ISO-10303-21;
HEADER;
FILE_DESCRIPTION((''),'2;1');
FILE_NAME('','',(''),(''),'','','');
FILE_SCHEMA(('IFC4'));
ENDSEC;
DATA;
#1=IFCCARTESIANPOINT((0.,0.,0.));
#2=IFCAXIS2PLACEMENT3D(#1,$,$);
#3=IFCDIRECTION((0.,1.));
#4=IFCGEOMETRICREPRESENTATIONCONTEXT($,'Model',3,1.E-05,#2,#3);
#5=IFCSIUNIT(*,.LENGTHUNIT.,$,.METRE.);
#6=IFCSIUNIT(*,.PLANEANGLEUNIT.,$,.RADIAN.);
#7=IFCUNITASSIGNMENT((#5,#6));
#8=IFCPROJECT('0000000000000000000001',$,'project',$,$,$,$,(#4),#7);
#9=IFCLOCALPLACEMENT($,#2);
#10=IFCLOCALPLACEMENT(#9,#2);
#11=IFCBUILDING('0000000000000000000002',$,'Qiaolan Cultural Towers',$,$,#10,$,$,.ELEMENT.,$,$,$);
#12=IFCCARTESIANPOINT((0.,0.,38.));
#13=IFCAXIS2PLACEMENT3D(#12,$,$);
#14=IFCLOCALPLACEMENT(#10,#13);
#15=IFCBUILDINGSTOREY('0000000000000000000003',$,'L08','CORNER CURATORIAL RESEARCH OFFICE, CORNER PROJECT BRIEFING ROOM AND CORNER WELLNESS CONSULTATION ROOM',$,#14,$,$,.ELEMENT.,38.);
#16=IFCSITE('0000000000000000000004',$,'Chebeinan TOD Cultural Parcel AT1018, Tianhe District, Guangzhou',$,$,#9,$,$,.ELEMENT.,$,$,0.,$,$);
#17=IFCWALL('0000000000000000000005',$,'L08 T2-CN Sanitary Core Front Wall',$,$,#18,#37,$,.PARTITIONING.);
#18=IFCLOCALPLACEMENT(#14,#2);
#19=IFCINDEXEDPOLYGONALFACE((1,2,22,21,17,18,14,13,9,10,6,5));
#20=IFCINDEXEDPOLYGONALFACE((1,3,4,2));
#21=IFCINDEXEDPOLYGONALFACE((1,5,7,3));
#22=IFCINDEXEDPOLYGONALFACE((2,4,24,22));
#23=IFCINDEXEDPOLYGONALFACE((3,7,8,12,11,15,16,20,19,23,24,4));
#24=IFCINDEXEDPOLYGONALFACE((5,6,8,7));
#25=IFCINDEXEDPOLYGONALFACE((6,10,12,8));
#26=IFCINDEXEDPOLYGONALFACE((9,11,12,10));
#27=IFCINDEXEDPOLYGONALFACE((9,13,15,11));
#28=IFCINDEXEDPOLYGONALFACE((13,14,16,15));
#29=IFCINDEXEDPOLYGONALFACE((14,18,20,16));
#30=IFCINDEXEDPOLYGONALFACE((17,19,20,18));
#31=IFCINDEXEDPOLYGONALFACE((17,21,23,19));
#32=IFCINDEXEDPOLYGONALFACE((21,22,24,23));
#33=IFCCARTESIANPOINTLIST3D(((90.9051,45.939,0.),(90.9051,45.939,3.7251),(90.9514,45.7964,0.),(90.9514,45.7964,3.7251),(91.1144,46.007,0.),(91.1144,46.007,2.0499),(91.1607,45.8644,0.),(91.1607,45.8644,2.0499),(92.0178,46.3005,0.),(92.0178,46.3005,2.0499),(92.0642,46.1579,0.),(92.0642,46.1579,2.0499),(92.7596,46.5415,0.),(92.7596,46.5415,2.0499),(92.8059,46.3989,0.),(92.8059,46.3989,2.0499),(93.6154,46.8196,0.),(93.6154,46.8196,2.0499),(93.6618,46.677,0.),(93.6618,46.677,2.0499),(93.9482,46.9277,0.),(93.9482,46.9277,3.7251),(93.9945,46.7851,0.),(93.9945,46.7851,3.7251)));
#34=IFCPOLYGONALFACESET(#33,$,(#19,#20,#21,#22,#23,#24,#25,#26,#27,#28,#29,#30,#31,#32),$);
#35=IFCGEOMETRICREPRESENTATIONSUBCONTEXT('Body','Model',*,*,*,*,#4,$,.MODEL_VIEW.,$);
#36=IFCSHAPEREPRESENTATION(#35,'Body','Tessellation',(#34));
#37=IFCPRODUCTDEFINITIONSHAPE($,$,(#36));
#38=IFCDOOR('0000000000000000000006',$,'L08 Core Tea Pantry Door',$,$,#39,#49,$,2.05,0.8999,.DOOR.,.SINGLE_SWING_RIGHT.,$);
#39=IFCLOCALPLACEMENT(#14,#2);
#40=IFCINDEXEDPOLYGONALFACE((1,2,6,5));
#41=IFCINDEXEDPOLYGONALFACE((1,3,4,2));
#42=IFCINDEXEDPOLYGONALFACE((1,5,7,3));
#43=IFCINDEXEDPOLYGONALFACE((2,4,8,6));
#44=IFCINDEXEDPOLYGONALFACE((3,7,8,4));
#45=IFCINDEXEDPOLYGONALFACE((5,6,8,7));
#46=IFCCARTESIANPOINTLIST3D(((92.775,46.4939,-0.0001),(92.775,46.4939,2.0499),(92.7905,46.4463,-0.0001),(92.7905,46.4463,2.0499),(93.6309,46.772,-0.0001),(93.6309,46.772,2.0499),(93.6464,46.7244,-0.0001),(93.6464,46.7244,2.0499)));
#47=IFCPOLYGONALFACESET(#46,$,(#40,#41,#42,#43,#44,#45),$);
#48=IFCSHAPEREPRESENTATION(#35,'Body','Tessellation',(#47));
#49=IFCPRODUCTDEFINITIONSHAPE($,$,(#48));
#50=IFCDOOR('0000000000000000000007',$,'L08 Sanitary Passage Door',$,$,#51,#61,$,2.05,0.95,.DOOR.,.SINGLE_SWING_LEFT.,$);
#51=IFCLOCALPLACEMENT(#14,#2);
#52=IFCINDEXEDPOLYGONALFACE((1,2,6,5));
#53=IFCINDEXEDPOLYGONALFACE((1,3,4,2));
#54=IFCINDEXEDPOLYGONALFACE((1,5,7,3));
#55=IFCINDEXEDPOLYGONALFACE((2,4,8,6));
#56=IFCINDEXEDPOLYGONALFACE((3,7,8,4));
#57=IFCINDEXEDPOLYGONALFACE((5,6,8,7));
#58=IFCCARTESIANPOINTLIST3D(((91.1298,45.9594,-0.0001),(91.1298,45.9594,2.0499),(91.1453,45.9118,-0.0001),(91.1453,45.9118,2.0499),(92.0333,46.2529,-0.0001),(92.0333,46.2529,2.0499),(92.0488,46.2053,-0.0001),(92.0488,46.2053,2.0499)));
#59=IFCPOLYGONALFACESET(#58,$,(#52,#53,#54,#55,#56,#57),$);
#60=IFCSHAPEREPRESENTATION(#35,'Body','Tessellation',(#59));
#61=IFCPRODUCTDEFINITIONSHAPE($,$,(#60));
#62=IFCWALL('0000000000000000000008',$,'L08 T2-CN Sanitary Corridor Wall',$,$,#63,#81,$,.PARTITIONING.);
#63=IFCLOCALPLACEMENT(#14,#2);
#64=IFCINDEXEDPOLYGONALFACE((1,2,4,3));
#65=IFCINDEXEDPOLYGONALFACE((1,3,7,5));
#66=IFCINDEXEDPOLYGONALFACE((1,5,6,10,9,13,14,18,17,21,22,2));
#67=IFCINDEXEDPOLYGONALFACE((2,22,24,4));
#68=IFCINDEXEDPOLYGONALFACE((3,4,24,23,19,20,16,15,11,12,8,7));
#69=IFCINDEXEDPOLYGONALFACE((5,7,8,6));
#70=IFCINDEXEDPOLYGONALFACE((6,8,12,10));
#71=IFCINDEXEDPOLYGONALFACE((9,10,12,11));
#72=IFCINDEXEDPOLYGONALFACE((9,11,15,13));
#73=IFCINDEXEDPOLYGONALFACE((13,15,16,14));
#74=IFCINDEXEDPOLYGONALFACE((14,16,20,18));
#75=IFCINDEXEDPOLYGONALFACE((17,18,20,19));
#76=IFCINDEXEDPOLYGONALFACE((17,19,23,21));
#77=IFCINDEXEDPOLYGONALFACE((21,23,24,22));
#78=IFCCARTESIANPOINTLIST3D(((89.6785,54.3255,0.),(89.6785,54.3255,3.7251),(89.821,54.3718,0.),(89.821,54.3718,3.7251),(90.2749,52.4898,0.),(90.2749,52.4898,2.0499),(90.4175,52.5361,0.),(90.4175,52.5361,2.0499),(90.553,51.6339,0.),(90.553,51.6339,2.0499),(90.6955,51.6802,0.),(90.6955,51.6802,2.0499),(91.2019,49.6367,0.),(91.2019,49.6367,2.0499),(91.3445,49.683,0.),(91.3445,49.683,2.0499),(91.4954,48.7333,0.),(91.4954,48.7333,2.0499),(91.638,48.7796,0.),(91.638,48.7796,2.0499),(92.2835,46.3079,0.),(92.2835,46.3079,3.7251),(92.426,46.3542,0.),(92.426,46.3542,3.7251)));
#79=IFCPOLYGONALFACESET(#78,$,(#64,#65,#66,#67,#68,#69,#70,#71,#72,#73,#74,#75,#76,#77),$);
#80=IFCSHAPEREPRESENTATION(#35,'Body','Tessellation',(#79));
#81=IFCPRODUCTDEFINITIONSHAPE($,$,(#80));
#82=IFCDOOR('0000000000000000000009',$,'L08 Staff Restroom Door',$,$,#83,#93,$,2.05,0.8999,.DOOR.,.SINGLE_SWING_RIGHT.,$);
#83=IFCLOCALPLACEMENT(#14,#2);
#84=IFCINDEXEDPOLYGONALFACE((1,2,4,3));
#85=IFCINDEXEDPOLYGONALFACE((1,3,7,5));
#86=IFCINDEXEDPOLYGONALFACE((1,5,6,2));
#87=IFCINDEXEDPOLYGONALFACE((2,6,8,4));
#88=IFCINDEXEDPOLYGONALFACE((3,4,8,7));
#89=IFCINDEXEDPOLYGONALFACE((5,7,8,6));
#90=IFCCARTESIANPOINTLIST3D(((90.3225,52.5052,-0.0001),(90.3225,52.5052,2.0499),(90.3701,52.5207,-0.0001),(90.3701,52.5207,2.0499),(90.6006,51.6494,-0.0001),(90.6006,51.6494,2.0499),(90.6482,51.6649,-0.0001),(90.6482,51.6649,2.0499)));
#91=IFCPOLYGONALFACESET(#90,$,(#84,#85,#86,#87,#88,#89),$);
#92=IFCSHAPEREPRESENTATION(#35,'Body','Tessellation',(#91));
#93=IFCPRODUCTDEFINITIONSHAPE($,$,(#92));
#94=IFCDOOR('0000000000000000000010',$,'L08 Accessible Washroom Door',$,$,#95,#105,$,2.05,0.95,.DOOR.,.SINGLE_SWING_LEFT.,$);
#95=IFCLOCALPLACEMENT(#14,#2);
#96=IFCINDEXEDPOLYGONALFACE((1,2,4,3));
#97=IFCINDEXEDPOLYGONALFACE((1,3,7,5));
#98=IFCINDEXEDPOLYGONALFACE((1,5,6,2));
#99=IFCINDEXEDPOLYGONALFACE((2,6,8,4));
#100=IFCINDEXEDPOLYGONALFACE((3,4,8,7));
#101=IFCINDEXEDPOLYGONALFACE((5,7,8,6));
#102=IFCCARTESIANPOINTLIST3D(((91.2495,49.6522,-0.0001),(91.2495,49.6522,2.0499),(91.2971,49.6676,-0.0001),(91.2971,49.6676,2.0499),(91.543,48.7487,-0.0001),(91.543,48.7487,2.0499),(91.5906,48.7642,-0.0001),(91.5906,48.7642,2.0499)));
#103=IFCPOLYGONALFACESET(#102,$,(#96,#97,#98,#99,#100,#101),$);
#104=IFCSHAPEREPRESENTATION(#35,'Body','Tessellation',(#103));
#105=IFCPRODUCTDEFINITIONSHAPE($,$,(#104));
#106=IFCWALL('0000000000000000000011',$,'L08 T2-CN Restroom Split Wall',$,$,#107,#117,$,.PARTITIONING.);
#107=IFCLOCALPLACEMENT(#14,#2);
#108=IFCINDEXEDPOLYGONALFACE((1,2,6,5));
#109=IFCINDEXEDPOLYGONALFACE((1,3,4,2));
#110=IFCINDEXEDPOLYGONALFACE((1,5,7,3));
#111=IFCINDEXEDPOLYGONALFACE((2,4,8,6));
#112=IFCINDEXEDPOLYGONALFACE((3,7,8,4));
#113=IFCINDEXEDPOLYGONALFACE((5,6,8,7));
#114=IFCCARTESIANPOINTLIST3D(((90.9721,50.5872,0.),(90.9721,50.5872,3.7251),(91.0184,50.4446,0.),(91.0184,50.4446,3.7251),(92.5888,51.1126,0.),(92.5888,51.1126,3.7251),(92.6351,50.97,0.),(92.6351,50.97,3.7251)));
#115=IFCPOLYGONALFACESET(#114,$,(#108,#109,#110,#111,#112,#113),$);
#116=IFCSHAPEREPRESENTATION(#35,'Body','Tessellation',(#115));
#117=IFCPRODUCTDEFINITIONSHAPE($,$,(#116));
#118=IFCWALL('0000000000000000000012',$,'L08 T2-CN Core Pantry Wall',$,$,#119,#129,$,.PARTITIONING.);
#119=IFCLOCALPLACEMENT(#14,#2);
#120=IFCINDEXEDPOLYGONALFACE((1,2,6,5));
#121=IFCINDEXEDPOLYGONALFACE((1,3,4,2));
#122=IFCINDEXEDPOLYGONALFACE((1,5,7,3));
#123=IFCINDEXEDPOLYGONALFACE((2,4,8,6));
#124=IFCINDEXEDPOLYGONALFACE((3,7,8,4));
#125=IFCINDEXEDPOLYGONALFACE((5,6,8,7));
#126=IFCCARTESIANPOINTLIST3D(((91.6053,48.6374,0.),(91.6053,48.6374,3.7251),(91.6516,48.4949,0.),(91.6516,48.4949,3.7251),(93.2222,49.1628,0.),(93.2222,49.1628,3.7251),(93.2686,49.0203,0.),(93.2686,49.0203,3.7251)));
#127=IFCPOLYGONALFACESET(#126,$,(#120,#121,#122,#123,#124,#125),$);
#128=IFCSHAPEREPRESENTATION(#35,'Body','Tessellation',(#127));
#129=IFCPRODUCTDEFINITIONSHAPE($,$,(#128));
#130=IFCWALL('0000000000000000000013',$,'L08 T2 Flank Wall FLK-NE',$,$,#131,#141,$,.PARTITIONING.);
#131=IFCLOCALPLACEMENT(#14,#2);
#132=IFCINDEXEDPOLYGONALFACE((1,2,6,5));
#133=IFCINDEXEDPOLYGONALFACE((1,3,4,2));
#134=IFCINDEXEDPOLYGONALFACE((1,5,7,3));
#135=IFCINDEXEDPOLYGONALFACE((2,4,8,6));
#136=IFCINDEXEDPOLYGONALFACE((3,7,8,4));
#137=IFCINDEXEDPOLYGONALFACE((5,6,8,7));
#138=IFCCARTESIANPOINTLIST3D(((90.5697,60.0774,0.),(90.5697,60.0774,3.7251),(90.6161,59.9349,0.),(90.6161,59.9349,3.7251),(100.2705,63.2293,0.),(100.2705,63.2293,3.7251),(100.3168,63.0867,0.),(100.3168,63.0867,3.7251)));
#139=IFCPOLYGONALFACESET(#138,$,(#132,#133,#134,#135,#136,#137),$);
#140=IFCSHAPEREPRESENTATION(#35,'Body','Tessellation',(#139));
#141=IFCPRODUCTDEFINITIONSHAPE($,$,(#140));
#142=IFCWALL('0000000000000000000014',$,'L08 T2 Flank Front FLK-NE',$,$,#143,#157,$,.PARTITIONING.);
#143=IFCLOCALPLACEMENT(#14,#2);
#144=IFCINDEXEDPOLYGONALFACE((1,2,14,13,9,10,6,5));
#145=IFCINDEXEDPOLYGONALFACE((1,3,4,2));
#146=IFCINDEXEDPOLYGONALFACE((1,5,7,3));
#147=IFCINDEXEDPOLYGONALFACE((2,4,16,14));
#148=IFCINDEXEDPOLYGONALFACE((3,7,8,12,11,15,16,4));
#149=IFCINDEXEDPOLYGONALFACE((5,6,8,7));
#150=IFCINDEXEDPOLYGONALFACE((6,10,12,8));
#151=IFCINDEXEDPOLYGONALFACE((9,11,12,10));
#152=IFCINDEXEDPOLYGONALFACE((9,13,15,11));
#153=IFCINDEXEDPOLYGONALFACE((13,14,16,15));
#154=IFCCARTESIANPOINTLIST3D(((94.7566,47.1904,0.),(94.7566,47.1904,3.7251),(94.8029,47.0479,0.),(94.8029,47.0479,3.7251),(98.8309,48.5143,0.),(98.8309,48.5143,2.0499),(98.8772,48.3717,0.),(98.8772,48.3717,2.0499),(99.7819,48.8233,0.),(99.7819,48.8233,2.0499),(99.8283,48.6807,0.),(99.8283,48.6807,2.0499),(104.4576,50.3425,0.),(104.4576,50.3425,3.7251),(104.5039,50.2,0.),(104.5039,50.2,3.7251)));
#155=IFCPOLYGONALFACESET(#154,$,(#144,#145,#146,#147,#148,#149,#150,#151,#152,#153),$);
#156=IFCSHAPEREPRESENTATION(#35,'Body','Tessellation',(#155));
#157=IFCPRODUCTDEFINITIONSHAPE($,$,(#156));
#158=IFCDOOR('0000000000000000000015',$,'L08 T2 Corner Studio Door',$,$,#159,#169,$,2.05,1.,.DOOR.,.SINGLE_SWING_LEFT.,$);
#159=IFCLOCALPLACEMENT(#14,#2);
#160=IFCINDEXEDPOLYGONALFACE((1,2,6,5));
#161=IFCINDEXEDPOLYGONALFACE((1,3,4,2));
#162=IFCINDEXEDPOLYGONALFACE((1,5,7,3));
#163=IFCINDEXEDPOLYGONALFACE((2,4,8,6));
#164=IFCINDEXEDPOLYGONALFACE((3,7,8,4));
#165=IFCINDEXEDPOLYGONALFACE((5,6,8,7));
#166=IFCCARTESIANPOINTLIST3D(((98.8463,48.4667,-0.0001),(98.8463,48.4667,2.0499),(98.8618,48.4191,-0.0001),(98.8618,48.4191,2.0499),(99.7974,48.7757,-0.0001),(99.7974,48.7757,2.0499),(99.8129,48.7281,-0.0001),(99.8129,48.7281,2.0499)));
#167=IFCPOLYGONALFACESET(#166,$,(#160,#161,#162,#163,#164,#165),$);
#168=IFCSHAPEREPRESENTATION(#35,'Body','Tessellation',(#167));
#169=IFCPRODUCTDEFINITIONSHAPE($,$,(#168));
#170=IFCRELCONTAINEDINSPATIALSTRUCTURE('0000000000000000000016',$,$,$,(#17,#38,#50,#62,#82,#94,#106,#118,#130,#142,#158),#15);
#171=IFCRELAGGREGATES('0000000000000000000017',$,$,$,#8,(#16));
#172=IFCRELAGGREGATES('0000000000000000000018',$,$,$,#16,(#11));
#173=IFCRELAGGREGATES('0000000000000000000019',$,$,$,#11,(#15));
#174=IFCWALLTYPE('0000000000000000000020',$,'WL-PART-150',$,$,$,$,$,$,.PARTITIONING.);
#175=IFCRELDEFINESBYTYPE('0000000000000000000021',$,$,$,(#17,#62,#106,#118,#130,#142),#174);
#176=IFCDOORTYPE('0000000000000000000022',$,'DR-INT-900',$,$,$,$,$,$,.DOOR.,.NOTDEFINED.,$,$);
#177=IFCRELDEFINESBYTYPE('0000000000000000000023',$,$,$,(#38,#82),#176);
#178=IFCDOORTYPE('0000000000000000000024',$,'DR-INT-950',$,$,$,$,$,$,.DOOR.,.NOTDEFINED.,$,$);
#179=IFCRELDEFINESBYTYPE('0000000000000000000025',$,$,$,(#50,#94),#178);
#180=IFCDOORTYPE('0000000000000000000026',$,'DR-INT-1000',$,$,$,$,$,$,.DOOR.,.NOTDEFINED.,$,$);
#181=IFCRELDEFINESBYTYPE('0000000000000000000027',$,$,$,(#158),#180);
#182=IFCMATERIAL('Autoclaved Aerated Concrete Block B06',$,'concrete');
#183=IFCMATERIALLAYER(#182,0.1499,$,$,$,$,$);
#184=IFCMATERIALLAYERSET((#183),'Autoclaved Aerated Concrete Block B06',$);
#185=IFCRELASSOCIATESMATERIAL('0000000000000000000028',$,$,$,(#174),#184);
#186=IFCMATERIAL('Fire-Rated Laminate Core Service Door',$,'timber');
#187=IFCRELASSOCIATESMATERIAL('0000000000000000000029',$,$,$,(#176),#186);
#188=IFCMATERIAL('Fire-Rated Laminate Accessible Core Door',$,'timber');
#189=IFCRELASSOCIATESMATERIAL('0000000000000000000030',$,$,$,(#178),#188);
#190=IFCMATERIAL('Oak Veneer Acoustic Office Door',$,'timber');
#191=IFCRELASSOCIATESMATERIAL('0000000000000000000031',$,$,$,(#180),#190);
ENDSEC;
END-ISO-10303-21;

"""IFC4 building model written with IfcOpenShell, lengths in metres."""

from ifc_helpers import new_model, si_unit, direction, frame, frame_2d, origin, place, context, subcontext, project, spatial, rectangle, extrude, material, layer, layer_set, type_object, element, fill, save


model = new_model("IFC4")

# Units and contexts
model_context = context("Model", 3, precision=1e-05, world=origin(), true_north=direction((0.0, 1.0)))
body_context = subcontext(model_context, "Body", "Model", "MODEL_VIEW")
ifc_project = project(units=[si_unit("LENGTHUNIT", "METRE"), si_unit("PLANEANGLEUNIT", "RADIAN")], contexts=[model_context])

# Site, building, storey
site_placement = place(None, origin())
site = spatial("IfcSite", under=ifc_project, at=site_placement, Name="Chebeinan TOD Cultural Parcel AT1018, Tianhe District, Guangzhou", CompositionType="ELEMENT", RefElevation=0.0)
building_placement = place(site_placement, origin())
building = spatial("IfcBuilding", under=site, at=building_placement, Name="Qiaolan Cultural Towers", CompositionType="ELEMENT")
storey_placement = place(building_placement, frame((0.0, 0.0, 38.0)))
storey = spatial("IfcBuildingStorey", under=building, at=storey_placement, Name="L08", Description="CORNER CURATORIAL RESEARCH OFFICE, CORNER PROJECT BRIEFING ROOM AND CORNER WELLNESS CONSULTATION ROOM", CompositionType="ELEMENT", Elevation=38.0)

# Shared definitions
ifc_material_1 = material(Name="Autoclaved Aerated Concrete Block B06", Category="concrete")
ifc_layer_1 = layer(ifc_material_1, 0.1499)
ifc_layer_set_1 = layer_set([ifc_layer_1], Name="Autoclaved Aerated Concrete Block B06")
wall_type_1 = type_object("IfcWallType", Name="WL-PART-150", PredefinedType="PARTITIONING", material=ifc_layer_set_1)

# Walls, openings, doors
wall_1_placement = place(storey_placement, frame((90.9282, 45.8677, 0.0), z_axis=(0.0, 0.0, 1.0), x_axis=(0.951059, 0.309008, 0.0)))
wall_1 = element("IfcWall", 1, at=wall_1_placement, inside=storey, type_object=wall_type_1, Name="L08 T2-CN Sanitary Core Front Wall", PredefinedType="PARTITIONING", context=body_context, shape_type="SweptSolid", body=[
    extrude(rectangle(XDim=3.1997, YDim=0.1499, at=frame_2d((1.5999, 0.0))), origin(), (0.0, 0.0, 1.0), 3.7251),
])
opening_1_placement = place(wall_1_placement, frame((0.22, 0.0, 0.0)))
opening_1 = element("IfcOpeningElement", 2, at=opening_1_placement, cuts=wall_1, PredefinedType="OPENING", context=body_context, shape_type="SweptSolid", body=[
    extrude(rectangle(XDim=0.95, YDim=2.05, at=frame_2d((0.4751, 1.0249))), frame((0.0, 0.085, 0.0), z_axis=(0.0, -1.0, 0.0), x_axis=(1.0, 0.0, 0.0)), (0.0, 0.0, 1.0), 0.1699),
])
opening_2_placement = place(wall_1_placement, frame((1.95, 0.0, 0.0)))
opening_2 = element("IfcOpeningElement", 3, at=opening_2_placement, cuts=wall_1, PredefinedType="OPENING", context=body_context, shape_type="SweptSolid", body=[
    extrude(rectangle(XDim=0.8999, YDim=2.05, at=frame_2d((0.45, 1.0249))), frame((0.0, 0.085, 0.0), z_axis=(0.0, -1.0, 0.0), x_axis=(1.0, 0.0, 0.0)), (0.0, 0.0, 1.0), 0.1699),
])
ifc_material_2 = material(Name="Fire-Rated Laminate Core Service Door", Category="timber")
door_type_1 = type_object("IfcDoorType", Name="DR-INT-900", OperationType="NOTDEFINED", PredefinedType="DOOR", material=ifc_material_2)
door_1_placement = place(opening_2_placement, origin())
door_1 = element("IfcDoor", 4, at=door_1_placement, inside=storey, type_object=door_type_1, Name="L08 Core Tea Pantry Door", OperationType="SINGLE_SWING_RIGHT", OverallHeight=2.05, OverallWidth=0.8999, PredefinedType="DOOR", context=body_context, shape_type="SweptSolid", body=[
    extrude(rectangle(XDim=0.8999, YDim=2.05, at=frame_2d((0.45, 1.0249))), frame((0.0, 0.0249, 0.0), z_axis=(0.0, -1.0, 0.0), x_axis=(1.0, 0.0, 0.0)), (0.0, 0.0, 1.0), 0.05),
])
fill(opening_2, door_1)
ifc_material_3 = material(Name="Fire-Rated Laminate Accessible Core Door", Category="timber")
door_type_2 = type_object("IfcDoorType", Name="DR-INT-950", OperationType="NOTDEFINED", PredefinedType="DOOR", material=ifc_material_3)
door_2_placement = place(opening_1_placement, origin())
door_2 = element("IfcDoor", 5, at=door_2_placement, inside=storey, type_object=door_type_2, Name="L08 Sanitary Passage Door", OperationType="SINGLE_SWING_LEFT", OverallHeight=2.05, OverallWidth=0.95, PredefinedType="DOOR", context=body_context, shape_type="SweptSolid", body=[
    extrude(rectangle(XDim=0.95, YDim=2.05, at=frame_2d((0.4751, 1.0249))), frame((0.0, 0.0249, 0.0), z_axis=(0.0, -1.0, 0.0), x_axis=(1.0, 0.0, 0.0)), (0.0, 0.0, 1.0), 0.05),
])
fill(opening_1, door_2)
wall_2_placement = place(storey_placement, frame((92.3547, 46.3311, 0.0), z_axis=(0.0, 0.0, 1.0), x_axis=(-0.309007, 0.95106, 0.0)))
wall_2 = element("IfcWall", 6, at=wall_2_placement, inside=storey, type_object=wall_type_1, Name="L08 T2-CN Sanitary Corridor Wall", PredefinedType="PARTITIONING", context=body_context, shape_type="SweptSolid", body=[
    extrude(rectangle(XDim=8.4302, YDim=0.1499, at=frame_2d((4.2151, 0.0))), origin(), (0.0, 0.0, 1.0), 3.7251),
])
opening_3_placement = place(wall_2_placement, frame((2.55, 0.0, 0.0)))
opening_3 = element("IfcOpeningElement", 7, at=opening_3_placement, cuts=wall_2, PredefinedType="OPENING", context=body_context, shape_type="SweptSolid", body=[
    extrude(rectangle(XDim=0.95, YDim=2.05, at=frame_2d((0.4751, 1.0249))), frame((0.0, 0.085, 0.0), z_axis=(0.0, -1.0, 0.0), x_axis=(1.0, 0.0, 0.0)), (0.0, 0.0, 1.0), 0.1699),
])
opening_4_placement = place(wall_2_placement, frame((5.6001, 0.0, 0.0)))
opening_4 = element("IfcOpeningElement", 8, at=opening_4_placement, cuts=wall_2, PredefinedType="OPENING", context=body_context, shape_type="SweptSolid", body=[
    extrude(rectangle(XDim=0.8999, YDim=2.05, at=frame_2d((0.45, 1.0249))), frame((0.0, 0.085, 0.0), z_axis=(0.0, -1.0, 0.0), x_axis=(1.0, 0.0, 0.0)), (0.0, 0.0, 1.0), 0.1699),
])
door_3_placement = place(opening_4_placement, origin())
door_3 = element("IfcDoor", 9, at=door_3_placement, inside=storey, type_object=door_type_1, Name="L08 Staff Restroom Door", OperationType="SINGLE_SWING_RIGHT", OverallHeight=2.05, OverallWidth=0.8999, PredefinedType="DOOR", context=body_context, shape_type="SweptSolid", body=[
    extrude(rectangle(XDim=0.8999, YDim=2.05, at=frame_2d((0.45, 1.0249))), frame((0.0, 0.0249, 0.0), z_axis=(0.0, -1.0, 0.0), x_axis=(1.0, 0.0, 0.0)), (0.0, 0.0, 1.0), 0.05),
])
fill(opening_4, door_3)
door_4_placement = place(opening_3_placement, origin())
door_4 = element("IfcDoor", 10, at=door_4_placement, inside=storey, type_object=door_type_2, Name="L08 Accessible Washroom Door", OperationType="SINGLE_SWING_LEFT", OverallHeight=2.05, OverallWidth=0.95, PredefinedType="DOOR", context=body_context, shape_type="SweptSolid", body=[
    extrude(rectangle(XDim=0.95, YDim=2.05, at=frame_2d((0.4751, 1.0249))), frame((0.0, 0.0249, 0.0), z_axis=(0.0, -1.0, 0.0), x_axis=(1.0, 0.0, 0.0)), (0.0, 0.0, 1.0), 0.05),
])
fill(opening_3, door_4)

# Walls
wall_3_placement = place(storey_placement, frame((90.9951, 50.5159, 0.0), z_axis=(0.0, 0.0, 1.0), x_axis=(0.95104, 0.309067, 0.0)))
element("IfcWall", 11, at=wall_3_placement, inside=storey, type_object=wall_type_1, Name="L08 T2-CN Restroom Split Wall", PredefinedType="PARTITIONING", context=body_context, shape_type="SweptSolid", body=[
    extrude(rectangle(XDim=1.7, YDim=0.1499, at=frame_2d((0.8501, 0.0))), origin(), (0.0, 0.0, 1.0), 3.7251),
])
wall_4_placement = place(storey_placement, frame((91.6284, 48.5662, 0.0), z_axis=(0.0, 0.0, 1.0), x_axis=(0.951054, 0.309024, 0.0)))
element("IfcWall", 12, at=wall_4_placement, inside=storey, type_object=wall_type_1, Name="L08 T2-CN Core Pantry Wall", PredefinedType="PARTITIONING", context=body_context, shape_type="SweptSolid", body=[
    extrude(rectangle(XDim=1.7002, YDim=0.1499, at=frame_2d((0.8501, 0.0))), origin(), (0.0, 0.0, 1.0), 3.7251),
])
wall_5_placement = place(storey_placement, frame((90.5928, 60.0061, 0.0), z_axis=(0.0, 0.0, 1.0), x_axis=(0.951059, 0.309009, 0.0)))
element("IfcWall", 13, at=wall_5_placement, inside=storey, type_object=wall_type_1, Name="L08 T2 Flank Wall FLK-NE", PredefinedType="PARTITIONING", context=body_context, shape_type="SweptSolid", body=[
    extrude(rectangle(XDim=10.2, YDim=0.1499, at=frame_2d((5.1001, 0.0))), origin(), (0.0, 0.0, 1.0), 3.7251),
])

# Wall, opening, door
wall_6_placement = place(storey_placement, frame((94.7798, 47.1191, 0.0), z_axis=(0.0, 0.0, 1.0), x_axis=(0.951054, 0.309024, 0.0)))
wall_6 = element("IfcWall", 14, at=wall_6_placement, inside=storey, type_object=wall_type_1, Name="L08 T2 Flank Front FLK-NE", PredefinedType="PARTITIONING", context=body_context, shape_type="SweptSolid", body=[
    extrude(rectangle(XDim=10.2002, YDim=0.1499, at=frame_2d((5.1001, 0.0))), origin(), (0.0, 0.0, 1.0), 3.7251),
])
opening_5_placement = place(wall_6_placement, frame((4.2839, 0.0, 0.0)))
opening_5 = element("IfcOpeningElement", 15, at=opening_5_placement, cuts=wall_6, PredefinedType="OPENING", context=body_context, shape_type="SweptSolid", body=[
    extrude(rectangle(XDim=1.0, YDim=2.05, at=frame_2d((0.5, 1.0249))), frame((0.0, 0.085, 0.0), z_axis=(0.0, -1.0, 0.0), x_axis=(1.0, 0.0, 0.0)), (0.0, 0.0, 1.0), 0.1699),
])
ifc_material_4 = material(Name="Oak Veneer Acoustic Office Door", Category="timber")
door_type_3 = type_object("IfcDoorType", Name="DR-INT-1000", OperationType="NOTDEFINED", PredefinedType="DOOR", material=ifc_material_4)
door_5_placement = place(opening_5_placement, origin())
door_5 = element("IfcDoor", 16, at=door_5_placement, inside=storey, type_object=door_type_3, Name="L08 T2 Corner Studio Door", OperationType="SINGLE_SWING_LEFT", OverallHeight=2.05, OverallWidth=1.0, PredefinedType="DOOR", context=body_context, shape_type="SweptSolid", body=[
    extrude(rectangle(XDim=1.0, YDim=2.05, at=frame_2d((0.5, 1.0249))), frame((0.0, 0.0249, 0.0), z_axis=(0.0, -1.0, 0.0), x_axis=(1.0, 0.0, 0.0)), (0.0, 0.0, 1.0), 0.05),
])
fill(opening_5, door_5)

save(model, "model.ifc")
